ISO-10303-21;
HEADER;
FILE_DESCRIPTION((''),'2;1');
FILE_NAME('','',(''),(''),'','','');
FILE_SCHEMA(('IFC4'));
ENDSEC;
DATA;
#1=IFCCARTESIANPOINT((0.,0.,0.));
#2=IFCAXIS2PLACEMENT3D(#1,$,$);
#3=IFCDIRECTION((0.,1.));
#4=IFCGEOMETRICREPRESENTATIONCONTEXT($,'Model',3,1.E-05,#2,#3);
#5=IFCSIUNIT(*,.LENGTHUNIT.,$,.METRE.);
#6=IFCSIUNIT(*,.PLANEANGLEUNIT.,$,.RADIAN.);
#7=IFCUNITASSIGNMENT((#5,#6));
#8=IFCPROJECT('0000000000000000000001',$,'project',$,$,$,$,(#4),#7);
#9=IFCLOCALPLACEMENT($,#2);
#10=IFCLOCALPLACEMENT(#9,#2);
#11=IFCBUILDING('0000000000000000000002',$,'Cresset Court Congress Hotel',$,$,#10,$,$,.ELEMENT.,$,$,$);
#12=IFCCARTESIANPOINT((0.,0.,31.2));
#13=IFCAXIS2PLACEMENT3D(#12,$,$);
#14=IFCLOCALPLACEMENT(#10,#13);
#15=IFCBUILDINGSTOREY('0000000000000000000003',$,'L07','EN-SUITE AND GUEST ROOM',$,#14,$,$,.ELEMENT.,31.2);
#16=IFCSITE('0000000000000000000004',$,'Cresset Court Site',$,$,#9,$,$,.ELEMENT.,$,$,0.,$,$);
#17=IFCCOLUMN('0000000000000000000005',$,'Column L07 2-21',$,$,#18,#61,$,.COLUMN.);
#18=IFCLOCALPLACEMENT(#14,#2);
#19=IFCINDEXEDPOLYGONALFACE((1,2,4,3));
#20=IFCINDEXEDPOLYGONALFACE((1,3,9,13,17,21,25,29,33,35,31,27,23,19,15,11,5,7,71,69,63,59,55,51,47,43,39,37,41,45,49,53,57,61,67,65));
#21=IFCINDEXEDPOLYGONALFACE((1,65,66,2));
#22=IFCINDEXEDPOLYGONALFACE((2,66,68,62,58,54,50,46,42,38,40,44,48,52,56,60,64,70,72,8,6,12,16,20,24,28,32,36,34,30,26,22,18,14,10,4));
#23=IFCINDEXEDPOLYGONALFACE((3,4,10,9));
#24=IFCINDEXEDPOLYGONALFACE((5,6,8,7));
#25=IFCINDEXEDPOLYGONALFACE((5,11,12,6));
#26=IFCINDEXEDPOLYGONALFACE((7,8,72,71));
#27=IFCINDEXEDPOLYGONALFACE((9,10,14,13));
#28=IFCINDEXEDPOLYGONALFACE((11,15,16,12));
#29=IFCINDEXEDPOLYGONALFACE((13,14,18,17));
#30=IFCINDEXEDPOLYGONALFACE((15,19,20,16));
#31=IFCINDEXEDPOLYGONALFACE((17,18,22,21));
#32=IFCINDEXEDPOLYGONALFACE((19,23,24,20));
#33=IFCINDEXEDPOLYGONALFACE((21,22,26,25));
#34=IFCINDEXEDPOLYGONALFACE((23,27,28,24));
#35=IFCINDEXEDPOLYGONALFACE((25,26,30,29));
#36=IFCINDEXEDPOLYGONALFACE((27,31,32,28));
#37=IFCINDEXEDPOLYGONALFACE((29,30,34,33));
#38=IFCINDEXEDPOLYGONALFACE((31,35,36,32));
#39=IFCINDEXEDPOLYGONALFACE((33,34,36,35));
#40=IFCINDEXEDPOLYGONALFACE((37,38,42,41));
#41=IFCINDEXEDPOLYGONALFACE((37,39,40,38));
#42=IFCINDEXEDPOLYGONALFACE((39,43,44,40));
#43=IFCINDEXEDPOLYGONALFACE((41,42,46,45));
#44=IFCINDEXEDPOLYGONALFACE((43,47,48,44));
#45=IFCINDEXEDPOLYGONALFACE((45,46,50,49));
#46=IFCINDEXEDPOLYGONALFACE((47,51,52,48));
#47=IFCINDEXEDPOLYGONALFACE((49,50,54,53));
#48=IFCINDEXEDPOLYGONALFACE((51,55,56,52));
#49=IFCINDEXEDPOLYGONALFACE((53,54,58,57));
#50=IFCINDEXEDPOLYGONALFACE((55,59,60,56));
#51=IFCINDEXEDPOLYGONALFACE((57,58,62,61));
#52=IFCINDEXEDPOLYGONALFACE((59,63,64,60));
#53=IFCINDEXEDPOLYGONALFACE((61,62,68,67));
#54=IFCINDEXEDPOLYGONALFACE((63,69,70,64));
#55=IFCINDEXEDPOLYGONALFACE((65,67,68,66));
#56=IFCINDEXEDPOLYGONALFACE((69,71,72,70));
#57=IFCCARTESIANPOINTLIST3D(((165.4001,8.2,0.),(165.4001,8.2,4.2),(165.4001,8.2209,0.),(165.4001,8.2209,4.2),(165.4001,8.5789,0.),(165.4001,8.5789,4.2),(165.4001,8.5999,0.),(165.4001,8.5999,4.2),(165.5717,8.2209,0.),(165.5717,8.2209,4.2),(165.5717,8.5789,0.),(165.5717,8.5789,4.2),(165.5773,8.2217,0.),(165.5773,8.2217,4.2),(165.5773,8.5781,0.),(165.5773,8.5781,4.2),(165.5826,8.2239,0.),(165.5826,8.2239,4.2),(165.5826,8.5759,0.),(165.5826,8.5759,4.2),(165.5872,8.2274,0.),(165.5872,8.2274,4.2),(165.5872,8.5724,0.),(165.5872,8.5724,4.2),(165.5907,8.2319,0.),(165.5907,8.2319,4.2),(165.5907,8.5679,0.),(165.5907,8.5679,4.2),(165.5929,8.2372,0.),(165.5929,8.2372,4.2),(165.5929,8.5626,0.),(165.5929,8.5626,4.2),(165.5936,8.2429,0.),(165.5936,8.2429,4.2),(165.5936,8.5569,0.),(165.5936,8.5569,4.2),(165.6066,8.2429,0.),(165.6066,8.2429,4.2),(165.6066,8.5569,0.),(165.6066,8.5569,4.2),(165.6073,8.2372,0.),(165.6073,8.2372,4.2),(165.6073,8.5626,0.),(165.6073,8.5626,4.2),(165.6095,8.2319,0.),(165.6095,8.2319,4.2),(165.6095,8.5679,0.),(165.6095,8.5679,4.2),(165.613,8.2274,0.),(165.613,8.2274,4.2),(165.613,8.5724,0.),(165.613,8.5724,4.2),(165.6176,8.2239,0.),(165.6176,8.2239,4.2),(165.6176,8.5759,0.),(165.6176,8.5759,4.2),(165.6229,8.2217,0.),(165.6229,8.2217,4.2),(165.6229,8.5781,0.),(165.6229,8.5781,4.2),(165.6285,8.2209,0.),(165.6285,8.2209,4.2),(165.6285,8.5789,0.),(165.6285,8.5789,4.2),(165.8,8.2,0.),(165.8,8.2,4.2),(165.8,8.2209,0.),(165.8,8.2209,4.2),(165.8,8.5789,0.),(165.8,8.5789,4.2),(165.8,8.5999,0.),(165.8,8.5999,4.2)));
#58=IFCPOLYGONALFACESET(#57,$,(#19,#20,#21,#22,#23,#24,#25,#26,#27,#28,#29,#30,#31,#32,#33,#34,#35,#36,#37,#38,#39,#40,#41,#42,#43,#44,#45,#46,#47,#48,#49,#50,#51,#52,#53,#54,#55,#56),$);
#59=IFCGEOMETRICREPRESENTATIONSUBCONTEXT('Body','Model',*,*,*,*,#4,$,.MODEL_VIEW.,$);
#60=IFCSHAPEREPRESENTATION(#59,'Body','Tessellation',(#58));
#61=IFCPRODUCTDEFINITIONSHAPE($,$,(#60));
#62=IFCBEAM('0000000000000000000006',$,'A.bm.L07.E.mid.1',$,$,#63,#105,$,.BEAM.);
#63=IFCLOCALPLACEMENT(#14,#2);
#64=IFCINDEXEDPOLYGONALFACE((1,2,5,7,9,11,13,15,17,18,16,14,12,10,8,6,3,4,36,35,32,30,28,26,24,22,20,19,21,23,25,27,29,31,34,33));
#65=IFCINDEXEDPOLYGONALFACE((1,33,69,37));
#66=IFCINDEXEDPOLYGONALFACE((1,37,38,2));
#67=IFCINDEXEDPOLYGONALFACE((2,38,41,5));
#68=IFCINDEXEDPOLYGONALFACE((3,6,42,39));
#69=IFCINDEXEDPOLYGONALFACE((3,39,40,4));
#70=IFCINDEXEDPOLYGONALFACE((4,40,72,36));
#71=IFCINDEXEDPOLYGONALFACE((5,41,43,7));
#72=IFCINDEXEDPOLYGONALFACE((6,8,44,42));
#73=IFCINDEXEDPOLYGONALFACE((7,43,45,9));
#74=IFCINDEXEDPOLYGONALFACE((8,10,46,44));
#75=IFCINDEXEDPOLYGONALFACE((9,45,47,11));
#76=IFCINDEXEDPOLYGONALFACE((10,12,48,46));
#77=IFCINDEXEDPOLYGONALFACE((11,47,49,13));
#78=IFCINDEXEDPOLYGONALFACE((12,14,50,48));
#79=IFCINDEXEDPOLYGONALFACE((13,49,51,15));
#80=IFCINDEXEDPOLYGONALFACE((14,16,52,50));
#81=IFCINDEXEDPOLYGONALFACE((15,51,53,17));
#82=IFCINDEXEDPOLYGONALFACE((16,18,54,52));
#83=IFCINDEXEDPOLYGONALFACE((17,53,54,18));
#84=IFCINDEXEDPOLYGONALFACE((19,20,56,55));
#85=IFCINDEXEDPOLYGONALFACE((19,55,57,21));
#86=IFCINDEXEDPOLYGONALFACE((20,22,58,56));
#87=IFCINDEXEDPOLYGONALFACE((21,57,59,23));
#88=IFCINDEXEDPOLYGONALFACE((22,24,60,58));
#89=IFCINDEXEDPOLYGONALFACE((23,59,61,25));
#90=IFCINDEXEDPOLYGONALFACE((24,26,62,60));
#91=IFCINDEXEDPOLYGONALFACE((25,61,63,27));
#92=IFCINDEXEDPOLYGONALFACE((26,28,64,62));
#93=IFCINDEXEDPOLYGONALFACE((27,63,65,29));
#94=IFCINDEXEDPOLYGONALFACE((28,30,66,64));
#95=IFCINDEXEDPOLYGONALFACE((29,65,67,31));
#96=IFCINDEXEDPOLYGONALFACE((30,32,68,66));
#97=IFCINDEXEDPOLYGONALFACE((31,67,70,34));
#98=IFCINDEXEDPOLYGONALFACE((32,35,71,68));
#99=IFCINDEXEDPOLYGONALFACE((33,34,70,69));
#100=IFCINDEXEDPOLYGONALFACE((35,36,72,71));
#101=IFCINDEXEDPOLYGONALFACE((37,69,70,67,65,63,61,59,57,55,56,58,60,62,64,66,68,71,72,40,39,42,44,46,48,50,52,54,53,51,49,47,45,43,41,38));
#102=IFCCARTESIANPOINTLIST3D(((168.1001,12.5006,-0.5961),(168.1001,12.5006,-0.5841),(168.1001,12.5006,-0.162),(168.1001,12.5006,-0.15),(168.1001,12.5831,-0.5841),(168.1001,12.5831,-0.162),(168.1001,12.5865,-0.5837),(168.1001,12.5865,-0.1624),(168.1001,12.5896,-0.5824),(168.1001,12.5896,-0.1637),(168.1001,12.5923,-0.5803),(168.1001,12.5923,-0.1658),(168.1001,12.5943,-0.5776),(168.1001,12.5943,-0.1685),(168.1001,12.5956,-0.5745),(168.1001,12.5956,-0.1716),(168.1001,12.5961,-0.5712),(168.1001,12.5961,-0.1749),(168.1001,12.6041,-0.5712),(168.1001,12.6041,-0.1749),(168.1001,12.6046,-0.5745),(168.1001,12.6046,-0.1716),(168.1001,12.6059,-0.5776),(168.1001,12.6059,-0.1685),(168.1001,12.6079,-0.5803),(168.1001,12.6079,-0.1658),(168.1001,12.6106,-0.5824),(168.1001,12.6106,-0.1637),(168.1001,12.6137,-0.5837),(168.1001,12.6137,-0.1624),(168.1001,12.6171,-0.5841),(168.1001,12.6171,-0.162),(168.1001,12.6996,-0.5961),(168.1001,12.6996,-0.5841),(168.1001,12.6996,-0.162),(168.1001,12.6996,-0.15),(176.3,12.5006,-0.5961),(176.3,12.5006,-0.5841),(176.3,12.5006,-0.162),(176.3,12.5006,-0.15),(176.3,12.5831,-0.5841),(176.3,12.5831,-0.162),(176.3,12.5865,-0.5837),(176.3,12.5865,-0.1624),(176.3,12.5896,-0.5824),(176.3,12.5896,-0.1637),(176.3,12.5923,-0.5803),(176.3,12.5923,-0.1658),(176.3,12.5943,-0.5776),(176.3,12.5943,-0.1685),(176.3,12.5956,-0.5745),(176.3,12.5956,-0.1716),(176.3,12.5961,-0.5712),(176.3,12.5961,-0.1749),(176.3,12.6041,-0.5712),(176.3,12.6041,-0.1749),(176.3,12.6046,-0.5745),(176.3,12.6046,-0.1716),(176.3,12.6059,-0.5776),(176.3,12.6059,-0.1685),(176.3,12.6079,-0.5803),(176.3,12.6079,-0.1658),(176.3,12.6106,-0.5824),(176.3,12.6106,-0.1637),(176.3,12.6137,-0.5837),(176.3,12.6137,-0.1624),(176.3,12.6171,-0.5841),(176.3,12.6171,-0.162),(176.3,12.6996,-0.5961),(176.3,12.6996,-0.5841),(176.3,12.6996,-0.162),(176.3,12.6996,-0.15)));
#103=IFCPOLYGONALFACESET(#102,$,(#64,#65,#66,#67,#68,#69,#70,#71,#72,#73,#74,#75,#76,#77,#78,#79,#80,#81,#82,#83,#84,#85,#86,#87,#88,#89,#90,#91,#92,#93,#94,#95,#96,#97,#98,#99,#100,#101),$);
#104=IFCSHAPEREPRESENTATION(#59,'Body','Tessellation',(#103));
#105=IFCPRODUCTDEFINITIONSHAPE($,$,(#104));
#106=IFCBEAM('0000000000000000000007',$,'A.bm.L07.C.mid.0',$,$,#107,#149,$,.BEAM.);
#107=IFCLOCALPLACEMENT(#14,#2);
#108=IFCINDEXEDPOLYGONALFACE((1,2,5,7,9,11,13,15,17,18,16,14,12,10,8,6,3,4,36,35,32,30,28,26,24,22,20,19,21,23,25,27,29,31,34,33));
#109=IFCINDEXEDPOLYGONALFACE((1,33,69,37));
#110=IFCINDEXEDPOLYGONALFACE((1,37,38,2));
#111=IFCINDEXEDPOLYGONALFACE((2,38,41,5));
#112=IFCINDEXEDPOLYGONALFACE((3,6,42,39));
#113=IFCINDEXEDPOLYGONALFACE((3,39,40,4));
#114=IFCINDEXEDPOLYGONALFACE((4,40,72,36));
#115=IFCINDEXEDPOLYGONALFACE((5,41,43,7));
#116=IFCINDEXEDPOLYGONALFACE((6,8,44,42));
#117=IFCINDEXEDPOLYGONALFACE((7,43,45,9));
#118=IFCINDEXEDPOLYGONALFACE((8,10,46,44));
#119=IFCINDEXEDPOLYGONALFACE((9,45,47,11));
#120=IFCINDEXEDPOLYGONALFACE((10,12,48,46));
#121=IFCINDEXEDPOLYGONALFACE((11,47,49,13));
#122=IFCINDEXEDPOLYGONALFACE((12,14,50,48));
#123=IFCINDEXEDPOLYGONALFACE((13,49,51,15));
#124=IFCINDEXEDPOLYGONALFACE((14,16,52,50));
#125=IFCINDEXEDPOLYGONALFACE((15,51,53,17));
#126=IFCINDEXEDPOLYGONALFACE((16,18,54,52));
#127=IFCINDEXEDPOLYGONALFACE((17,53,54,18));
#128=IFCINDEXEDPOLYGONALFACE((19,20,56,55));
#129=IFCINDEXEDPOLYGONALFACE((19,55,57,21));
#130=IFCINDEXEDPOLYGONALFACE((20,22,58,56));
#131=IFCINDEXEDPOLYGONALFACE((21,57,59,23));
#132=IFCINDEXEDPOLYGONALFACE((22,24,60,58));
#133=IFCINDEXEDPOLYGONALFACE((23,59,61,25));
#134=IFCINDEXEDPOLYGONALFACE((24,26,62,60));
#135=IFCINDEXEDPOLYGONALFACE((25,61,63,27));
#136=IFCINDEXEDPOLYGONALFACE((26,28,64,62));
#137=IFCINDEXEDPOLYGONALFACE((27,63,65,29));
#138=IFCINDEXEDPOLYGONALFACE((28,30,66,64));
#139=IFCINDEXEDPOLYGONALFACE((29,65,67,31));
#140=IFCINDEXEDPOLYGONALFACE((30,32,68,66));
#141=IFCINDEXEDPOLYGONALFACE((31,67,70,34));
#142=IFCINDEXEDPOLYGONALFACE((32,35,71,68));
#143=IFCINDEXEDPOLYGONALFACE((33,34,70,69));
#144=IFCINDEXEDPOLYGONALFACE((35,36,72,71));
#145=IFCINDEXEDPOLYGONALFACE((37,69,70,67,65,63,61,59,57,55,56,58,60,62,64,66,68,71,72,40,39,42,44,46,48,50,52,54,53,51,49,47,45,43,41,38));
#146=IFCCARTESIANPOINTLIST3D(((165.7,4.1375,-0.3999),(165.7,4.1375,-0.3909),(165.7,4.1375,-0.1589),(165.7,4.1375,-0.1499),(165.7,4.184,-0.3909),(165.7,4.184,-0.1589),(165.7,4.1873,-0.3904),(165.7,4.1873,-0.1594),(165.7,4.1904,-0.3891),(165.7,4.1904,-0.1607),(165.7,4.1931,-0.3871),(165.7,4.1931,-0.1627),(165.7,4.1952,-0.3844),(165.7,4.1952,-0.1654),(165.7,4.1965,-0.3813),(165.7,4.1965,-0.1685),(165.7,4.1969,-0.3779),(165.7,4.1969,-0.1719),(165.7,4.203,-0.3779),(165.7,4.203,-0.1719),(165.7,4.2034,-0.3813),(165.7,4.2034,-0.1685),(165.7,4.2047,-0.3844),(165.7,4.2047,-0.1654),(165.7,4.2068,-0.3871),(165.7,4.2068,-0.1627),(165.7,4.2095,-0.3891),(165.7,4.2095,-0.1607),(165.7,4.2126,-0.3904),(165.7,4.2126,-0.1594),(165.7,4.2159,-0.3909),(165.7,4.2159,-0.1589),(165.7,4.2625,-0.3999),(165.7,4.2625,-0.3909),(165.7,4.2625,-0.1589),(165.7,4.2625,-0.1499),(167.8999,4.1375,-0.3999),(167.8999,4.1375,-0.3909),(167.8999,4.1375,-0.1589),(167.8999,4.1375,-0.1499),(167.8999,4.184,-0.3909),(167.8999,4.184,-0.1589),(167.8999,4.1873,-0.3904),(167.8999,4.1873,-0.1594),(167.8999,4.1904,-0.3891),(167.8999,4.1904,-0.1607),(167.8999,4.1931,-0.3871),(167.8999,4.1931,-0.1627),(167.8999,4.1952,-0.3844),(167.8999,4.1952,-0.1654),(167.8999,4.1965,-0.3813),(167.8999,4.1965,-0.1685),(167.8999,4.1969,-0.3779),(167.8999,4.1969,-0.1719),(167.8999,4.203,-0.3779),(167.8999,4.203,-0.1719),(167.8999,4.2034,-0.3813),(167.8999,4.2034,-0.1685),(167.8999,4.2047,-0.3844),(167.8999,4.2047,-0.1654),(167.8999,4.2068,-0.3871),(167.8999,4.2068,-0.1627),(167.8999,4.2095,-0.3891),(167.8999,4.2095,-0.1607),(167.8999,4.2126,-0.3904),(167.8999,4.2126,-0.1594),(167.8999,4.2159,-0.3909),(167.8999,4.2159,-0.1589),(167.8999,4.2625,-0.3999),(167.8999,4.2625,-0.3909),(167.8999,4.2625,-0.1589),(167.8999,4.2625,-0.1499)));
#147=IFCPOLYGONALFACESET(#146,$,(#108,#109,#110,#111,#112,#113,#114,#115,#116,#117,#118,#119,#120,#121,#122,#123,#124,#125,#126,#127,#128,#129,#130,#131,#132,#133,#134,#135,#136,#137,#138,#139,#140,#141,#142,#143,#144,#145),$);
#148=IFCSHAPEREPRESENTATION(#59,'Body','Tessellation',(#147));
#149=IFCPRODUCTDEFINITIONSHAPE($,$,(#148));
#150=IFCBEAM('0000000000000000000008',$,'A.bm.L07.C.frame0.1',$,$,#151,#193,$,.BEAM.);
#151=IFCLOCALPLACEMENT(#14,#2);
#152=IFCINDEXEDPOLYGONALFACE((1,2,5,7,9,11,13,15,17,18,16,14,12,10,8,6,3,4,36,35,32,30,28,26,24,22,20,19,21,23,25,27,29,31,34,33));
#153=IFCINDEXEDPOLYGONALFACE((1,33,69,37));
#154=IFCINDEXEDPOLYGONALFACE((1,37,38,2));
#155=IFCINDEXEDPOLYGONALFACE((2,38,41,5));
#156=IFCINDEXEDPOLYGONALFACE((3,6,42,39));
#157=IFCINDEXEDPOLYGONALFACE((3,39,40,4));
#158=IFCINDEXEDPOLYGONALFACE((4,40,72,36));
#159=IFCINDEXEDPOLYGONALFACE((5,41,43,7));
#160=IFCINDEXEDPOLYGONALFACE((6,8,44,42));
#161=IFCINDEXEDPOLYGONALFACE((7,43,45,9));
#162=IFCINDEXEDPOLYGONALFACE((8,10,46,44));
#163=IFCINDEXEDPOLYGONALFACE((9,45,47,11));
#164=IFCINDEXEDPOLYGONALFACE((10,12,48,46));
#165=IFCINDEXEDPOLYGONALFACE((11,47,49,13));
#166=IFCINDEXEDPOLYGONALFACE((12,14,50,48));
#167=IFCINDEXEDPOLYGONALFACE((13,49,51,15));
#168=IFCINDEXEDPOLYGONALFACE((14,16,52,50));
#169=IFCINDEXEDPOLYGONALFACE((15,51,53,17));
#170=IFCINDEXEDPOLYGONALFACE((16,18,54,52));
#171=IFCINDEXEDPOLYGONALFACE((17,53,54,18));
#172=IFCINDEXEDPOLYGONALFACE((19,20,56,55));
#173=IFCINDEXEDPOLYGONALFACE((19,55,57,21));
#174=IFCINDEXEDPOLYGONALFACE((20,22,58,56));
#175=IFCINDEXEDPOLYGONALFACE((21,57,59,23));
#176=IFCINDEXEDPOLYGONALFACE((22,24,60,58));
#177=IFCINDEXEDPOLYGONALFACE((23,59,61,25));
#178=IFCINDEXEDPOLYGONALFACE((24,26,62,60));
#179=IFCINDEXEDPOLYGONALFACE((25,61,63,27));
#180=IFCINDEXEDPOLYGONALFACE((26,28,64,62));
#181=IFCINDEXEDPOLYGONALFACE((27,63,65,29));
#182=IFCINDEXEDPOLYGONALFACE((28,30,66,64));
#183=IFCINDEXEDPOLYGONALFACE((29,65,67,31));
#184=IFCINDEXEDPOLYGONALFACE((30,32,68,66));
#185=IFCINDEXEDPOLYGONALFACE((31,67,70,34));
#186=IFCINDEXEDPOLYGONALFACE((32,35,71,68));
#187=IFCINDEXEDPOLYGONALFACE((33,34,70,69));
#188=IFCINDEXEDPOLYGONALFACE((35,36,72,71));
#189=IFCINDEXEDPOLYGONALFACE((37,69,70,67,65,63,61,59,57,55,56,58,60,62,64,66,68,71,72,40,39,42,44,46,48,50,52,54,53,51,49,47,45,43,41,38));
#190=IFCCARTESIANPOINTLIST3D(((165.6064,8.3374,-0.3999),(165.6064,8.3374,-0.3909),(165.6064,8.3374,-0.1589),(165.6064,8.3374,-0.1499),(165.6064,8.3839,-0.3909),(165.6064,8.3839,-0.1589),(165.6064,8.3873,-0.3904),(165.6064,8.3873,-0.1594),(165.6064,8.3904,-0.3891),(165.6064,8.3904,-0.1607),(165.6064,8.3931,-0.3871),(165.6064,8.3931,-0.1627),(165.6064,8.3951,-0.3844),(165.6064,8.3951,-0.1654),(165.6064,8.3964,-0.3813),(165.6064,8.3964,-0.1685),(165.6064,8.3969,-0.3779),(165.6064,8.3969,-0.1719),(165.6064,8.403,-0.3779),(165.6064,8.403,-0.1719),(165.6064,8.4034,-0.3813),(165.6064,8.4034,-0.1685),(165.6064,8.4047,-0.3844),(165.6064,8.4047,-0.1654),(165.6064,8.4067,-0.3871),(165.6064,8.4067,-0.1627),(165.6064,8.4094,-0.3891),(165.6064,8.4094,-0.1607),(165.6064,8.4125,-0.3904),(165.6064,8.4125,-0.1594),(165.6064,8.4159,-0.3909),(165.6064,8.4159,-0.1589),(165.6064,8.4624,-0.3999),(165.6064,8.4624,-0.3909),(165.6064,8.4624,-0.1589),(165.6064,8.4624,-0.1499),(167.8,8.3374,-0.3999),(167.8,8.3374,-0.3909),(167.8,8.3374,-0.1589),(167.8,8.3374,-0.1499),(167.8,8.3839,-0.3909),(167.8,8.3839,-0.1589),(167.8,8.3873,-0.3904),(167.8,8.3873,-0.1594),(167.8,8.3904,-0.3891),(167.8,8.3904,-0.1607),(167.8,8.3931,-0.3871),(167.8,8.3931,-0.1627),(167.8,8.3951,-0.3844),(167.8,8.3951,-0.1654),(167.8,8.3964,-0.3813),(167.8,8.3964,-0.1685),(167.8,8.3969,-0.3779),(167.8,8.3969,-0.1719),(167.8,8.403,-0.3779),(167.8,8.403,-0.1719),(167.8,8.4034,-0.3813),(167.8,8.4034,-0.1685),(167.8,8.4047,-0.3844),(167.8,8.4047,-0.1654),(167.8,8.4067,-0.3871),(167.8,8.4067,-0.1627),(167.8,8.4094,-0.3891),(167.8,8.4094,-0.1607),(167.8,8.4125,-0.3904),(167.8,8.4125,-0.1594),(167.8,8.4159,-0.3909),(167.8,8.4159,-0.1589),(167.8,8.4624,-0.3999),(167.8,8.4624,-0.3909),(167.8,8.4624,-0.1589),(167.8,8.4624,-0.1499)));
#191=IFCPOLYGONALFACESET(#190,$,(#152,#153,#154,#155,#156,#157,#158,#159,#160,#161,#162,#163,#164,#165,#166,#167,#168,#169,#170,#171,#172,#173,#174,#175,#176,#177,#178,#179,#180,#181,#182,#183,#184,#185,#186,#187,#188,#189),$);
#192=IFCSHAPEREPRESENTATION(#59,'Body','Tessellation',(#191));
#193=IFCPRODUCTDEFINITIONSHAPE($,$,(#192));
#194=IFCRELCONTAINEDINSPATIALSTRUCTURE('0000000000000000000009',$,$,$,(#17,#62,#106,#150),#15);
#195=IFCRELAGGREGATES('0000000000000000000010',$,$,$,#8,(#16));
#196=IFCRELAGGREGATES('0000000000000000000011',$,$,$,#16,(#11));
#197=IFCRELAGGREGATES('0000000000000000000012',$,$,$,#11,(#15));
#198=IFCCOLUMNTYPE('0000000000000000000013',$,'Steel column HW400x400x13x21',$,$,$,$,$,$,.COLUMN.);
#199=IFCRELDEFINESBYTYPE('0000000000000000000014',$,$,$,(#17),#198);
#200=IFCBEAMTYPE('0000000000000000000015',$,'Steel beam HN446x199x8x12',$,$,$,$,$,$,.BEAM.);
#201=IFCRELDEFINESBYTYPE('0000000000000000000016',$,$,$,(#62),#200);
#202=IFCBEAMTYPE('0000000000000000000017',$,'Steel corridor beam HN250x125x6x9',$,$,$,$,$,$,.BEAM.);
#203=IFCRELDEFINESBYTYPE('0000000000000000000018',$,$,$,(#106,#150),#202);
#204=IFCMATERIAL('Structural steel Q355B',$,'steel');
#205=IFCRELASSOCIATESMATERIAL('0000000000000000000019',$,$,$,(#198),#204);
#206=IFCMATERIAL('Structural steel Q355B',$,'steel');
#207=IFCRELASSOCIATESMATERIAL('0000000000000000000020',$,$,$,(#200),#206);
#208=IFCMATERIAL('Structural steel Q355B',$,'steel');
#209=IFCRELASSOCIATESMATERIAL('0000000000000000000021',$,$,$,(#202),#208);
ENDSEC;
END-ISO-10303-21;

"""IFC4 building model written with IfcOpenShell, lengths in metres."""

from ifc_helpers import new_model, si_unit, direction, frame, origin, origin_2d, place, context, subcontext, project, spatial, i_section, extrude, material, material_profile, profile_set, type_object, element, save


model = new_model("IFC4")

# Units and contexts
model_context = context("Model", 3, precision=1e-05, world=origin(), true_north=direction((0.0, 1.0)))
body_context = subcontext(model_context, "Body", "Model", "MODEL_VIEW")
ifc_project = project(units=[si_unit("LENGTHUNIT", "METRE"), si_unit("PLANEANGLEUNIT", "RADIAN")], contexts=[model_context])

# Site, building, storey
site_placement = place(None, origin())
site = spatial("IfcSite", under=ifc_project, at=site_placement, Name="Cresset Court Site", CompositionType="ELEMENT", RefElevation=0.0)
building_placement = place(site_placement, origin())
building = spatial("IfcBuilding", under=site, at=building_placement, Name="Cresset Court Congress Hotel", CompositionType="ELEMENT")
storey_placement = place(building_placement, frame((0.0, 0.0, 31.2)))
storey = spatial("IfcBuildingStorey", under=building, at=storey_placement, Name="L07", Description="EN-SUITE AND GUEST ROOM", CompositionType="ELEMENT", Elevation=31.2)

# Column
ifc_material_1 = material(Name="Structural steel Q355B", Category="steel")
ifc_material_profile_1 = material_profile(ifc_material_1, i_section(OverallWidth=0.3999, OverallDepth=0.3999, WebThickness=0.0129, FlangeThickness=0.021, FilletRadius=0.022, at=origin_2d()), Name="HW400x400x13x21")
ifc_profile_set_1 = profile_set([ifc_material_profile_1], Name="Structural steel Q355B")
column_type = type_object("IfcColumnType", Name="Steel column HW400x400x13x21", PredefinedType="COLUMN", material=ifc_profile_set_1)
column_placement = place(storey_placement, frame((165.6001, 8.3999, 0.0), z_axis=(0.0, 0.0, 1.0), x_axis=(1.0, 0.0, 0.0)))
element("IfcColumn", 1, at=column_placement, inside=storey, type_object=column_type, Name="Column L07 2-21", PredefinedType="COLUMN", context=body_context, shape_type="SweptSolid", body=[
    extrude(i_section(OverallWidth=0.3999, OverallDepth=0.3999, WebThickness=0.0129, FlangeThickness=0.021, FilletRadius=0.022, at=origin_2d()), origin(), (0.0, 0.0, 1.0), 4.2),
])

# Beams
ifc_material_2 = material(Name="Structural steel Q355B", Category="steel")
ifc_material_profile_2 = material_profile(ifc_material_2, i_section(OverallWidth=0.199, OverallDepth=0.446, WebThickness=0.0081, FlangeThickness=0.012, FilletRadius=0.0129, at=origin_2d()), Name="HN446x199x8x12")
ifc_profile_set_2 = profile_set([ifc_material_profile_2], Name="Structural steel Q355B")
beam_type_1 = type_object("IfcBeamType", Name="Steel beam HN446x199x8x12", PredefinedType="BEAM", material=ifc_profile_set_2)
beam_1_placement = place(storey_placement, frame((168.1001, 12.6001, -0.373), z_axis=(1.0, 0.0, 0.0), x_axis=(0.0, 1.0, 0.0)))
element("IfcBeam", 2, at=beam_1_placement, inside=storey, type_object=beam_type_1, Name="A.bm.L07.E.mid.1", PredefinedType="BEAM", context=body_context, shape_type="SweptSolid", body=[
    extrude(i_section(OverallWidth=0.199, OverallDepth=0.446, WebThickness=0.0081, FlangeThickness=0.012, FilletRadius=0.0129, at=origin_2d()), origin(), (0.0, 0.0, 1.0), 8.2),
])
ifc_material_3 = material(Name="Structural steel Q355B", Category="steel")
ifc_material_profile_3 = material_profile(ifc_material_3, i_section(OverallWidth=0.125, OverallDepth=0.25, WebThickness=0.0061, FlangeThickness=0.009, FilletRadius=0.0129, at=origin_2d()), Name="HN250x125x6x9")
ifc_profile_set_3 = profile_set([ifc_material_profile_3], Name="Structural steel Q355B")
beam_type_2 = type_object("IfcBeamType", Name="Steel corridor beam HN250x125x6x9", PredefinedType="BEAM", material=ifc_profile_set_3)
beam_2_placement = place(storey_placement, frame((165.7, 4.2, -0.2749), z_axis=(1.0, 0.0, 0.0), x_axis=(0.0, 1.0, 0.0)))
element("IfcBeam", 3, at=beam_2_placement, inside=storey, type_object=beam_type_2, Name="A.bm.L07.C.mid.0", PredefinedType="BEAM", context=body_context, shape_type="SweptSolid", body=[
    extrude(i_section(OverallWidth=0.125, OverallDepth=0.25, WebThickness=0.0061, FlangeThickness=0.009, FilletRadius=0.0129, at=origin_2d()), origin(), (0.0, 0.0, 1.0), 2.2),
])
beam_3_placement = place(storey_placement, frame((165.6064, 8.3999, -0.2749), z_axis=(1.0, 0.0, 0.0), x_axis=(0.0, 1.0, 0.0)))
element("IfcBeam", 4, at=beam_3_placement, inside=storey, type_object=beam_type_2, Name="A.bm.L07.C.frame0.1", PredefinedType="BEAM", context=body_context, shape_type="SweptSolid", body=[
    extrude(i_section(OverallWidth=0.125, OverallDepth=0.25, WebThickness=0.0061, FlangeThickness=0.009, FilletRadius=0.0129, at=origin_2d()), origin(), (0.0, 0.0, 1.0), 2.1936),
])

save(model, "model.ifc")
